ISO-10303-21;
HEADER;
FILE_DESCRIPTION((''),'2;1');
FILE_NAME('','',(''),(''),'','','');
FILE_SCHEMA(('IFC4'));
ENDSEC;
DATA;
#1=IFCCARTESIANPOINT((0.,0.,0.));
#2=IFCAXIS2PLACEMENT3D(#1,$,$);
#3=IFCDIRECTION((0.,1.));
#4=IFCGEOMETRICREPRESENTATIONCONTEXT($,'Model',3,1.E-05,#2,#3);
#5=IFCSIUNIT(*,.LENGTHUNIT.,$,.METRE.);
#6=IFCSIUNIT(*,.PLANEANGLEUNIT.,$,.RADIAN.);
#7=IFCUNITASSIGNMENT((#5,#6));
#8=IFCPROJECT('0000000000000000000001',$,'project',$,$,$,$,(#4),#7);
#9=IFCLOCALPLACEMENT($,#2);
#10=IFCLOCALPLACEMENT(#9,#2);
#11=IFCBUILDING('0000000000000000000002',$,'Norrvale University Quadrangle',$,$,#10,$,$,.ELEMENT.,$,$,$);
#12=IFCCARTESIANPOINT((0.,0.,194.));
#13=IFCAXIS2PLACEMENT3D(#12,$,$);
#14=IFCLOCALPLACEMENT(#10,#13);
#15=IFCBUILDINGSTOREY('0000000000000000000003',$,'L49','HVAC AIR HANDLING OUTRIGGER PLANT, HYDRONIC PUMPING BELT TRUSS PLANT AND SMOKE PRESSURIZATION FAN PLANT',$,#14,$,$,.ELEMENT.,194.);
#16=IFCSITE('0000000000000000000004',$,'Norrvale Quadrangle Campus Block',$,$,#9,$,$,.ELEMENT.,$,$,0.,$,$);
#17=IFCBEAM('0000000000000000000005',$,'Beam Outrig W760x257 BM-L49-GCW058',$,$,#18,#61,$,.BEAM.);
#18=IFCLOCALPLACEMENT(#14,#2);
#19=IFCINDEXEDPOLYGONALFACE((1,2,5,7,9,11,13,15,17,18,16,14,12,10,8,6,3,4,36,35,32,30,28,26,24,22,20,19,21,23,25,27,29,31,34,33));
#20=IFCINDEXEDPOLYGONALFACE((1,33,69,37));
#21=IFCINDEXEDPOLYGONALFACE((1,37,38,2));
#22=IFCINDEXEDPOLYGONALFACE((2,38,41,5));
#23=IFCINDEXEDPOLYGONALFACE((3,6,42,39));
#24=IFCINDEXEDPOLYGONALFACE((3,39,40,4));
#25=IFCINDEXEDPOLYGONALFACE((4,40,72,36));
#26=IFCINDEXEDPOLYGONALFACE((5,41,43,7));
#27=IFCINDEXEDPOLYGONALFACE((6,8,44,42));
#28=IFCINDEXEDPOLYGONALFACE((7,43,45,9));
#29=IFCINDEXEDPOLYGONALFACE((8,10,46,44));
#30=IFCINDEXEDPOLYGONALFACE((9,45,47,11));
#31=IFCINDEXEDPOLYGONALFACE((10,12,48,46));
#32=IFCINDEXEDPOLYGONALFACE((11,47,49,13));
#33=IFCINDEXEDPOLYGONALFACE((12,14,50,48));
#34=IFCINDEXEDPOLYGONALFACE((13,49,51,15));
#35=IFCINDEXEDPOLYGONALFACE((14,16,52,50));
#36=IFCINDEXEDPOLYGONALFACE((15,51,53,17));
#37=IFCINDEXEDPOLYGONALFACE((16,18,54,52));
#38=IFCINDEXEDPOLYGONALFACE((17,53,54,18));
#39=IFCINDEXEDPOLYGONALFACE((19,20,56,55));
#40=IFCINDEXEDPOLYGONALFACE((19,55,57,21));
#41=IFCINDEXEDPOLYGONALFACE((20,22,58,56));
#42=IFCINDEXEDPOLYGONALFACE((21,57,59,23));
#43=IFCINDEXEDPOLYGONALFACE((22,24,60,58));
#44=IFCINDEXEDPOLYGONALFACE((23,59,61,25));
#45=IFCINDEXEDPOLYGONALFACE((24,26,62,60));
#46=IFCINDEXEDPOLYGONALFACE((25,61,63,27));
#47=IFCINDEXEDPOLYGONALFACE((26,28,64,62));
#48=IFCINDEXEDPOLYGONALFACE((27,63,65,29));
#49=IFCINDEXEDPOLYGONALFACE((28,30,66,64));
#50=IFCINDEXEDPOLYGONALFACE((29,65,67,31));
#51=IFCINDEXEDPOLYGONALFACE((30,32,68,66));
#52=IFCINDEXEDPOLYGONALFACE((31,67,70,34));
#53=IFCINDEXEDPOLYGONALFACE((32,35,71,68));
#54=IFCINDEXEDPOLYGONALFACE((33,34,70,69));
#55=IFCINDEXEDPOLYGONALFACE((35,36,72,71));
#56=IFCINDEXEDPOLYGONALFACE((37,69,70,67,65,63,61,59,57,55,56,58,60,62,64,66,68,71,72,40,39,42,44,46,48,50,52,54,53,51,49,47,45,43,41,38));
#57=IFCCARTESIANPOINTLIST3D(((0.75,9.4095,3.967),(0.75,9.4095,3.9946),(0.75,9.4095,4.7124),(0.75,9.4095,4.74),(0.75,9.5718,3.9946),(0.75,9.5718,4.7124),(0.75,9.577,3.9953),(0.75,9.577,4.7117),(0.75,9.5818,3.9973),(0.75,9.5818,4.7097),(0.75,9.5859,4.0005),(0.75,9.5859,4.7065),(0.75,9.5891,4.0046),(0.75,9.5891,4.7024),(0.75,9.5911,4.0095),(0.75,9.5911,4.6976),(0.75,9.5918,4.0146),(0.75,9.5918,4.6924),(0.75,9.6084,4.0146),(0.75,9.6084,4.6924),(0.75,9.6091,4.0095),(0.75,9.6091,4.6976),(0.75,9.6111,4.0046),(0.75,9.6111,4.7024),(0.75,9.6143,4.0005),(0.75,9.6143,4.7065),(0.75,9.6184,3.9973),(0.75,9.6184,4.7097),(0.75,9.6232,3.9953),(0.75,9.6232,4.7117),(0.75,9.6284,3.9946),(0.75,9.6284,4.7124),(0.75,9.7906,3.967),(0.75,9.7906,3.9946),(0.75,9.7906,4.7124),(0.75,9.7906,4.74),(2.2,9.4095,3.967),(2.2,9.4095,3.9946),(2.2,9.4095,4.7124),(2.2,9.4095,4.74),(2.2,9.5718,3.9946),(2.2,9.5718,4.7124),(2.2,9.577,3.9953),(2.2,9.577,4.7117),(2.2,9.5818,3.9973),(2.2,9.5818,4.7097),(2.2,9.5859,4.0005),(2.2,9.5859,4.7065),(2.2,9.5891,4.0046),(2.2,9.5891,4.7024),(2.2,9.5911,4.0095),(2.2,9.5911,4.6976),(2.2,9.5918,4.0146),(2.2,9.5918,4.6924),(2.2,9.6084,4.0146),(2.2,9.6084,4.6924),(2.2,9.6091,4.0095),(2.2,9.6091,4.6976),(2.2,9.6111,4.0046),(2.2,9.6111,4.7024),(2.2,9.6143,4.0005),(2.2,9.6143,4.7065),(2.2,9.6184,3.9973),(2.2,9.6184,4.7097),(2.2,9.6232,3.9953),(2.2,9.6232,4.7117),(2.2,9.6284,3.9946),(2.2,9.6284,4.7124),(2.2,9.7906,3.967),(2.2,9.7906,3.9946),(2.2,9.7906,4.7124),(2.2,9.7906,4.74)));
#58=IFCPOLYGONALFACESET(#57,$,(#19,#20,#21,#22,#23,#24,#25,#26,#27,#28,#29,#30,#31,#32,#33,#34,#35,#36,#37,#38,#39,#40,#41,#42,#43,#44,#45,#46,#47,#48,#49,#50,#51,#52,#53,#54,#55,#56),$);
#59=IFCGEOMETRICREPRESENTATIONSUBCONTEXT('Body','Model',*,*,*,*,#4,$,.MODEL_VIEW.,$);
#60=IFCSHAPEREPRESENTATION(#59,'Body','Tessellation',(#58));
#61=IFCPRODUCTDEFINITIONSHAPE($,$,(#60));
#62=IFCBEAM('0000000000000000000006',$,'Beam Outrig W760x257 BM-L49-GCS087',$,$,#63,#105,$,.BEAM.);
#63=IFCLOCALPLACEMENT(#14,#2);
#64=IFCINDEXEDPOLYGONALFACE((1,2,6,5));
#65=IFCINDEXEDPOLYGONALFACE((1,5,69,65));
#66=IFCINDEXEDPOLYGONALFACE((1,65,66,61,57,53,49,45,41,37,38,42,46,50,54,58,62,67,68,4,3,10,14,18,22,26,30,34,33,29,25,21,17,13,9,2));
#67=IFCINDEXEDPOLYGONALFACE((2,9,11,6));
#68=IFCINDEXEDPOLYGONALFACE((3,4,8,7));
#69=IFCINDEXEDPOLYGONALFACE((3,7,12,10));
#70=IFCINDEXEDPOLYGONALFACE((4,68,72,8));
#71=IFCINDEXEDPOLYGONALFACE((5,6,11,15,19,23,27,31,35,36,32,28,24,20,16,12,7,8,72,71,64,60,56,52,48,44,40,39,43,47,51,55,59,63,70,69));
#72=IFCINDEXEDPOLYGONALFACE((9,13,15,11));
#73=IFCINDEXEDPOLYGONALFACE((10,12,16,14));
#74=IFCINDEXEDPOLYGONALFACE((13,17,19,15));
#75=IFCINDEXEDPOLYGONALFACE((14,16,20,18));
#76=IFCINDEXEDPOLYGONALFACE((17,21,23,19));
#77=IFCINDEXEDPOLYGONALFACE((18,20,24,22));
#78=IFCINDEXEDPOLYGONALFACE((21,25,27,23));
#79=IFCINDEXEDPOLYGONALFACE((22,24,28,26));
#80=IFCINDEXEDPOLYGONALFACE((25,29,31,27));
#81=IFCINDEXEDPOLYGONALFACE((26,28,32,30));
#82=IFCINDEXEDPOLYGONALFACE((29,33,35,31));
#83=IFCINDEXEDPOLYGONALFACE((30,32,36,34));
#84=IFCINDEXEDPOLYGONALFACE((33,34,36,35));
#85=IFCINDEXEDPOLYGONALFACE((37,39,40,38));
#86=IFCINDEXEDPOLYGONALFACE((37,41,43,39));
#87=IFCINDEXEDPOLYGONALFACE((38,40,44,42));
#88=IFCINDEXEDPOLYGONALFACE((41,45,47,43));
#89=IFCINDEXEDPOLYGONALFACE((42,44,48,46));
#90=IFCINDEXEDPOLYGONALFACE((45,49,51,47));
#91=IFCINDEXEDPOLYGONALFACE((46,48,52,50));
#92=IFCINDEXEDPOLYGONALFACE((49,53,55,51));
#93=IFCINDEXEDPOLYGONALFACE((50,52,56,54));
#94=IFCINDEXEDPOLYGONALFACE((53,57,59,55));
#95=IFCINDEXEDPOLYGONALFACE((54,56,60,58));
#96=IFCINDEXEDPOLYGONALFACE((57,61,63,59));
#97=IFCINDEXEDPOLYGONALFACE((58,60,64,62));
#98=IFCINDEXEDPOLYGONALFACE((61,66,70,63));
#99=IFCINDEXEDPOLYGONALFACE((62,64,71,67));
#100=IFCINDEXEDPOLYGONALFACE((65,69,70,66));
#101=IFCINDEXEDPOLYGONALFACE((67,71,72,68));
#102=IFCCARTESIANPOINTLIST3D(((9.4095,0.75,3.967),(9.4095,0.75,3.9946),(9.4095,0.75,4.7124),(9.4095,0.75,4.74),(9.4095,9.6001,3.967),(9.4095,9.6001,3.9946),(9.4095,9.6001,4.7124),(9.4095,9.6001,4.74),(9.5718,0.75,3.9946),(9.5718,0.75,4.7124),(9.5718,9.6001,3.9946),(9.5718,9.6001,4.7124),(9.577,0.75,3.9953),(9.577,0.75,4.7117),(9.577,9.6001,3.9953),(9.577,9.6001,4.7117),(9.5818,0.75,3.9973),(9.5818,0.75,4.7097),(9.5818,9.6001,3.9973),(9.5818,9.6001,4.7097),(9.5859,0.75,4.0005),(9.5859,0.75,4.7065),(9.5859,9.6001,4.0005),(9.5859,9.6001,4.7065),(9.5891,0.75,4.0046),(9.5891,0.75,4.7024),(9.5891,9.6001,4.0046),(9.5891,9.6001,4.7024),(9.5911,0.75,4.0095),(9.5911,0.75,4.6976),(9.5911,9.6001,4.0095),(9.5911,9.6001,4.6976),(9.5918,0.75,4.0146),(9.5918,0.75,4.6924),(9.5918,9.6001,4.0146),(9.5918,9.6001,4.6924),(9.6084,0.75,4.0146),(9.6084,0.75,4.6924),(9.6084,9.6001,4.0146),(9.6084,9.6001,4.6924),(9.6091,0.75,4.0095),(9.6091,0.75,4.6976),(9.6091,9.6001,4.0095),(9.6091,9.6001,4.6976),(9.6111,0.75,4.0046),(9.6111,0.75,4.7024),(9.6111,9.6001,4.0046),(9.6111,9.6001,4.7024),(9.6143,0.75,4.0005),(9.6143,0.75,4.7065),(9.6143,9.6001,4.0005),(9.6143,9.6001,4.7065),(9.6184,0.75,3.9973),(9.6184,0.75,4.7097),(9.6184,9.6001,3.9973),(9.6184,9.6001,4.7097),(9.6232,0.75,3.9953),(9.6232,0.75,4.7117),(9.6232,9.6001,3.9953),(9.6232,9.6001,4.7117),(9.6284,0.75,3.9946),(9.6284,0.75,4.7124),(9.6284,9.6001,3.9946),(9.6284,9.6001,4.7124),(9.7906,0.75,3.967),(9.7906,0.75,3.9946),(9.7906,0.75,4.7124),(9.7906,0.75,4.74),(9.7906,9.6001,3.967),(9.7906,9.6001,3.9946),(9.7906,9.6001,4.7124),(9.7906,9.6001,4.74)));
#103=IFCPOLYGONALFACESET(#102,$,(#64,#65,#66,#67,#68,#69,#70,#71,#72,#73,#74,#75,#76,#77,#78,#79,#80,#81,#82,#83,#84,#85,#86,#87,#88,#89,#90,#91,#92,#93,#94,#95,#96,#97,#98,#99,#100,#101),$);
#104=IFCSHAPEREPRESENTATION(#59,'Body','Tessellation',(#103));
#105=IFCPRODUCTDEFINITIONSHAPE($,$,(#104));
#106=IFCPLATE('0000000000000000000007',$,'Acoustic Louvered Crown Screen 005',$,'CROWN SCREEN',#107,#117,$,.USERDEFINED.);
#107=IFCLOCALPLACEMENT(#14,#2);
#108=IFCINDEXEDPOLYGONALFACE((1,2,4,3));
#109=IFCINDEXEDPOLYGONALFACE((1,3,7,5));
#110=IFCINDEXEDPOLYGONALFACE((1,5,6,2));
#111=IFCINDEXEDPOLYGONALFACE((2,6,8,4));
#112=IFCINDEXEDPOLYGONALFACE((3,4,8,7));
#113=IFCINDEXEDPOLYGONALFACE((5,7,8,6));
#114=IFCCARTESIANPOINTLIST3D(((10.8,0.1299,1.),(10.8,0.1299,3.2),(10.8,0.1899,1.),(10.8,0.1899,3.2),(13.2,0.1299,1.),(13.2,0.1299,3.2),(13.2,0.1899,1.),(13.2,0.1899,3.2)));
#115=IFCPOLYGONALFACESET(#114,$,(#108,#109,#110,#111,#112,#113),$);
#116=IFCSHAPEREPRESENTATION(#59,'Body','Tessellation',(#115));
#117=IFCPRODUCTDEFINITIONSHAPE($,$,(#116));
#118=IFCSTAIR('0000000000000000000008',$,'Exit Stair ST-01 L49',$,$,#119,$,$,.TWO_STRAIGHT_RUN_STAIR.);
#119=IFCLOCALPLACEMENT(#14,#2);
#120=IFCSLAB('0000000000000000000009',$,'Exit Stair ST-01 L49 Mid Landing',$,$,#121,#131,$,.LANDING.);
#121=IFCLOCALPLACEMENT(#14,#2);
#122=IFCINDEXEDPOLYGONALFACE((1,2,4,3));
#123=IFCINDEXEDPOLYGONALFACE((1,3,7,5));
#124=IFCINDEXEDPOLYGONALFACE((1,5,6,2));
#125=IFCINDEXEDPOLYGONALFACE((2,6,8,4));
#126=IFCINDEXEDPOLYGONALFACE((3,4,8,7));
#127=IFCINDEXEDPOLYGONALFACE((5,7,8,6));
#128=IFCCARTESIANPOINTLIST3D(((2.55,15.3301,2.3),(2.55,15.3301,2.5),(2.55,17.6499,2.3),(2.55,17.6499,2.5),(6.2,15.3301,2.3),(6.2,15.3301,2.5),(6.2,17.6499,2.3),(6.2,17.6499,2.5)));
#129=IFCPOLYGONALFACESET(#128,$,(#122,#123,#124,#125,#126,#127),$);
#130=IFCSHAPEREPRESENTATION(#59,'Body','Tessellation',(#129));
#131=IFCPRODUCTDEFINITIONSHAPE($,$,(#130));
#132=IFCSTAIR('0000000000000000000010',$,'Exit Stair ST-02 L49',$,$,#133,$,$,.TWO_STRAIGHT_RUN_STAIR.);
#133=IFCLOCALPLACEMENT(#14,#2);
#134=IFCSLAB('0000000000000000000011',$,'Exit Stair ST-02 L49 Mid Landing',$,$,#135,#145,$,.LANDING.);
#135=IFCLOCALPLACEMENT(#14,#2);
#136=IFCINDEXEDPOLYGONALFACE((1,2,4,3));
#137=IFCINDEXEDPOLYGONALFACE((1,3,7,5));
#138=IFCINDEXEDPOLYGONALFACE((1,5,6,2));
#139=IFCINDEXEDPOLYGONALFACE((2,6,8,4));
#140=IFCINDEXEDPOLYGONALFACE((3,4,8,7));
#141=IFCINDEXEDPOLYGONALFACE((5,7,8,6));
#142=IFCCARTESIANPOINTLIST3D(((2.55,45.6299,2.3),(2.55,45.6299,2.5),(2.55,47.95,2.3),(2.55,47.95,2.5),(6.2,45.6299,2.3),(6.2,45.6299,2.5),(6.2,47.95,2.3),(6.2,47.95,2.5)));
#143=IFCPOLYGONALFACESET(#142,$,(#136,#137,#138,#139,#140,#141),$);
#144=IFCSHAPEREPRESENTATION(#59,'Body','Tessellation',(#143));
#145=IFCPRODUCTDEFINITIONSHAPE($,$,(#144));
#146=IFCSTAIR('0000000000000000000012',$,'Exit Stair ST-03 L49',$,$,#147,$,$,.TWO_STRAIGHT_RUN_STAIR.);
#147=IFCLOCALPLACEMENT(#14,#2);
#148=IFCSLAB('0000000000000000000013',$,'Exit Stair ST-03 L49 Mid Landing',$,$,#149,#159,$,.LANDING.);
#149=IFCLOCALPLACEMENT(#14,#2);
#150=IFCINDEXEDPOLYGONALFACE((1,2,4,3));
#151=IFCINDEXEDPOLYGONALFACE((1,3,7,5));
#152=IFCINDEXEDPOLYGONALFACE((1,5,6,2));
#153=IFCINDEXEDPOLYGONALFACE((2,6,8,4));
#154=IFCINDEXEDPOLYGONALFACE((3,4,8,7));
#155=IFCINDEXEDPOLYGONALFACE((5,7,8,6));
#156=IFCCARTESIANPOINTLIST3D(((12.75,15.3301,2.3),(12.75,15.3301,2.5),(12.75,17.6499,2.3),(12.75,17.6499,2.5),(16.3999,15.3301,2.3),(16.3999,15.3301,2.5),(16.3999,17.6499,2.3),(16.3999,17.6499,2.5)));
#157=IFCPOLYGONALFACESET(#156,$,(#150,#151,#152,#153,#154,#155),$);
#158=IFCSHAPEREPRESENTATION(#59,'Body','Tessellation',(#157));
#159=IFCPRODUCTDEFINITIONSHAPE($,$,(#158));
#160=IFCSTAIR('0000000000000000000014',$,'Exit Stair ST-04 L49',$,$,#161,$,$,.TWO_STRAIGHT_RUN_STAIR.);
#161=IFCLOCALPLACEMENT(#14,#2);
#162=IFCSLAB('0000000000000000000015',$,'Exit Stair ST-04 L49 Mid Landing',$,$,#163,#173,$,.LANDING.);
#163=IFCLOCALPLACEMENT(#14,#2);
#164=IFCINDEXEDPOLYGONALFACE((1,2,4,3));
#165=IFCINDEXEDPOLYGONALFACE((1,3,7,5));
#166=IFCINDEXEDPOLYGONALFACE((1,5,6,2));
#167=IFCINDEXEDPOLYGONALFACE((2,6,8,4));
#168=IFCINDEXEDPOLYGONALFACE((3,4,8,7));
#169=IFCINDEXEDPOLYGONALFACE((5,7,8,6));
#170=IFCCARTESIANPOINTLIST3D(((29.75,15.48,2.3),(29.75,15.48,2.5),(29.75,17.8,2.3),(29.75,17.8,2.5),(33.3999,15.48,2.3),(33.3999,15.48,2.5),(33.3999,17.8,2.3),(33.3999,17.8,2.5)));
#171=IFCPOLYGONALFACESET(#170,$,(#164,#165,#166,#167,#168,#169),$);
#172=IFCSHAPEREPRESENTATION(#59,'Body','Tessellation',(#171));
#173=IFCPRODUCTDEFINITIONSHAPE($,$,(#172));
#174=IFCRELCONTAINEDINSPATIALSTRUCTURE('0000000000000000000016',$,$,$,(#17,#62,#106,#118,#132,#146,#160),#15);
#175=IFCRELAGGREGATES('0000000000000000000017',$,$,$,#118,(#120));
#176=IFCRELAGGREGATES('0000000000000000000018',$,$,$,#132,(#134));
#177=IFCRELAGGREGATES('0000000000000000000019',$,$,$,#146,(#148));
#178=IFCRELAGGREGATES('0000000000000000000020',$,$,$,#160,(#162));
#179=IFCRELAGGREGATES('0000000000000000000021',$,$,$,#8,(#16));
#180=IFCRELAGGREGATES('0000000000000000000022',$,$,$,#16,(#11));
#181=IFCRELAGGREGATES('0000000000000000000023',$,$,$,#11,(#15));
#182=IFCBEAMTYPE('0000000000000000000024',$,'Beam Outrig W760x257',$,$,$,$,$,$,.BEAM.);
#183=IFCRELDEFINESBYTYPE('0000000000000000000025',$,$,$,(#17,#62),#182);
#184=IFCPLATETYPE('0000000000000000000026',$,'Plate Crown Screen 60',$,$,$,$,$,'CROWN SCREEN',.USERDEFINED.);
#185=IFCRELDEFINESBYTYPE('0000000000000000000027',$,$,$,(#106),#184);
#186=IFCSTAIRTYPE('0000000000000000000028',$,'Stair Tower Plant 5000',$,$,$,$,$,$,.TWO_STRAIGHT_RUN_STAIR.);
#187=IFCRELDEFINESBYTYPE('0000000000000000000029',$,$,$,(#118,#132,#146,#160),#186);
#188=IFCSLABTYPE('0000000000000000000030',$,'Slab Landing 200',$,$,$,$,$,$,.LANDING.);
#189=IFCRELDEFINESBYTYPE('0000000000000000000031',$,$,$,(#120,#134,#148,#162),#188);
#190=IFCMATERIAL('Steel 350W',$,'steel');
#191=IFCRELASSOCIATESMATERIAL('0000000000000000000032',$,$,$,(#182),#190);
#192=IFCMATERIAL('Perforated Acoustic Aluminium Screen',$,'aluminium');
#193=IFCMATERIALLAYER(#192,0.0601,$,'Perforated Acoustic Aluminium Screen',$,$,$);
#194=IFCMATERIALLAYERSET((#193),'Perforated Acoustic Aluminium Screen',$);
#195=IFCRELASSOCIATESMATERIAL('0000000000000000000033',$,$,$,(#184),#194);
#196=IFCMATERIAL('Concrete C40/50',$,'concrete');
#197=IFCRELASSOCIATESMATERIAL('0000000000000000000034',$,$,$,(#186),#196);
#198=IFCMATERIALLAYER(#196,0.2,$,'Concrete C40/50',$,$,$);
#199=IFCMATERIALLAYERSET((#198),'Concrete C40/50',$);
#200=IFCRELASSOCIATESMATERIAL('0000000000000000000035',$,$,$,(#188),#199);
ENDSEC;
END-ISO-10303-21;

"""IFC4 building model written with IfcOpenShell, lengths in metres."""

from ifc_helpers import new_model, si_unit, direction, frame, origin, origin_2d, place, context, subcontext, project, spatial, polyline, rectangle, i_section, outline, extrude, material, layer, layer_set, material_profile, profile_set, type_object, element, aggregate, save


model = new_model("IFC4")

# Units and contexts
model_context = context("Model", 3, precision=1e-05, world=origin(), true_north=direction((0.0, 1.0)))
body_context = subcontext(model_context, "Body", "Model", "MODEL_VIEW")
ifc_project = project(units=[si_unit("LENGTHUNIT", "METRE"), si_unit("PLANEANGLEUNIT", "RADIAN")], contexts=[model_context])

# Site, building, storey
site_placement = place(None, origin())
site = spatial("IfcSite", under=ifc_project, at=site_placement, Name="Norrvale Quadrangle Campus Block", CompositionType="ELEMENT", RefElevation=0.0)
building_placement = place(site_placement, origin())
building = spatial("IfcBuilding", under=site, at=building_placement, Name="Norrvale University Quadrangle", CompositionType="ELEMENT")
storey_placement = place(building_placement, frame((0.0, 0.0, 194.0)))
storey = spatial("IfcBuildingStorey", under=building, at=storey_placement, Name="L49", Description="HVAC AIR HANDLING OUTRIGGER PLANT, HYDRONIC PUMPING BELT TRUSS PLANT AND SMOKE PRESSURIZATION FAN PLANT", CompositionType="ELEMENT", Elevation=194.0)

# Beams
ifc_material_1 = material(Name="Steel 350W", Category="steel")
ifc_material_profile_1 = material_profile(ifc_material_1, i_section(OverallWidth=0.3811, OverallDepth=0.7729, WebThickness=0.0166, FlangeThickness=0.0276, FilletRadius=0.02, at=origin_2d()), Name="Steel 350W")
ifc_profile_set_1 = profile_set([ifc_material_profile_1], Name="Steel 350W")
beam_type_1 = type_object("IfcBeamType", Name="Beam Outrig W760x257", PredefinedType="BEAM", material=ifc_profile_set_1)
beam_1_placement = place(storey_placement, frame((0.75, 9.6001, 4.3535), z_axis=(1.0, 0.0, 0.0), x_axis=(0.0, 1.0, 0.0)))
element("IfcBeam", 1, at=beam_1_placement, inside=storey, type_object=beam_type_1, Name="Beam Outrig W760x257 BM-L49-GCW058", PredefinedType="BEAM", context=body_context, shape_type="SweptSolid", body=[
    extrude(i_section(OverallWidth=0.3811, OverallDepth=0.7729, WebThickness=0.0166, FlangeThickness=0.0276, FilletRadius=0.02, at=origin_2d()), origin(), (0.0, 0.0, 1.0), 1.45),
])
beam_2_placement = place(storey_placement, frame((9.6001, 0.75, 4.3535), z_axis=(0.0, 1.0, 0.0), x_axis=(-1.0, 0.0, 0.0)))
element("IfcBeam", 2, at=beam_2_placement, inside=storey, type_object=beam_type_1, Name="Beam Outrig W760x257 BM-L49-GCS087", PredefinedType="BEAM", context=body_context, shape_type="SweptSolid", body=[
    extrude(i_section(OverallWidth=0.3811, OverallDepth=0.7729, WebThickness=0.0166, FlangeThickness=0.0276, FilletRadius=0.02, at=origin_2d()), origin(), (0.0, 0.0, 1.0), 8.8501),
])

# Plate
ifc_material_2 = material(Name="Perforated Acoustic Aluminium Screen", Category="aluminium")
ifc_layer_1 = layer(ifc_material_2, 0.0601, Name="Perforated Acoustic Aluminium Screen")
ifc_layer_set_1 = layer_set([ifc_layer_1], Name="Perforated Acoustic Aluminium Screen")
plate_type = type_object("IfcPlateType", Name="Plate Crown Screen 60", ElementType="CROWN SCREEN", PredefinedType="USERDEFINED", material=ifc_layer_set_1)
plate_placement = place(storey_placement, frame((12.0, 0.1599, 1.0), z_axis=(0.0, 0.0, 1.0), x_axis=(1.0, 0.0, 0.0)))
element("IfcPlate", 3, at=plate_placement, inside=storey, type_object=plate_type, Name="Acoustic Louvered Crown Screen 005", ObjectType="CROWN SCREEN", PredefinedType="USERDEFINED", context=body_context, shape_type="SweptSolid", body=[
    extrude(rectangle(XDim=2.3999, YDim=0.0601, at=origin_2d()), origin(), (0.0, 0.0, 1.0), 2.2),
])

# Stairs, slabs
ifc_material_3 = material(Name="Concrete C40/50", Category="concrete")
stair_type = type_object("IfcStairType", Name="Stair Tower Plant 5000", PredefinedType="TWO_STRAIGHT_RUN_STAIR", material=ifc_material_3)
stair_1_placement = place(storey_placement, origin())
stair_1 = element("IfcStair", 4, at=stair_1_placement, inside=storey, type_object=stair_type, Name="Exit Stair ST-01 L49", PredefinedType="TWO_STRAIGHT_RUN_STAIR")
ifc_layer_2 = layer(ifc_material_3, 0.2, Name="Concrete C40/50")
ifc_layer_set_2 = layer_set([ifc_layer_2], Name="Concrete C40/50")
slab_type_1 = type_object("IfcSlabType", Name="Slab Landing 200", PredefinedType="LANDING", material=ifc_layer_set_2)
slab_1_placement = place(storey_placement, frame((0.0, 0.0, 2.3)))
slab_1 = element("IfcSlab", 5, at=slab_1_placement, type_object=slab_type_1, Name="Exit Stair ST-01 L49 Mid Landing", PredefinedType="LANDING", context=body_context, shape_type="SweptSolid", body=[
    extrude(outline(polyline([(2.55, 15.3301), (6.2, 15.3301), (6.2, 17.6499), (2.55, 17.6499), (2.55, 15.3301)])), origin(), (0.0, 0.0, 1.0), 0.2),
])
aggregate(stair_1, [slab_1])
stair_2_placement = place(storey_placement, origin())
stair_2 = element("IfcStair", 6, at=stair_2_placement, inside=storey, type_object=stair_type, Name="Exit Stair ST-02 L49", PredefinedType="TWO_STRAIGHT_RUN_STAIR")
slab_2_placement = place(storey_placement, frame((0.0, 0.0, 2.3)))
slab_2 = element("IfcSlab", 7, at=slab_2_placement, type_object=slab_type_1, Name="Exit Stair ST-02 L49 Mid Landing", PredefinedType="LANDING", context=body_context, shape_type="SweptSolid", body=[
    extrude(outline(polyline([(2.55, 45.6299), (6.2, 45.6299), (6.2, 47.95), (2.55, 47.95), (2.55, 45.6299)])), origin(), (0.0, 0.0, 1.0), 0.2),
])
aggregate(stair_2, [slab_2])
stair_3_placement = place(storey_placement, origin())
stair_3 = element("IfcStair", 8, at=stair_3_placement, inside=storey, type_object=stair_type, Name="Exit Stair ST-03 L49", PredefinedType="TWO_STRAIGHT_RUN_STAIR")
slab_3_placement = place(storey_placement, frame((0.0, 0.0, 2.3)))
slab_3 = element("IfcSlab", 9, at=slab_3_placement, type_object=slab_type_1, Name="Exit Stair ST-03 L49 Mid Landing", PredefinedType="LANDING", context=body_context, shape_type="SweptSolid", body=[
    extrude(outline(polyline([(12.75, 15.3301), (16.3999, 15.3301), (16.3999, 17.6499), (12.75, 17.6499), (12.75, 15.3301)])), origin(), (0.0, 0.0, 1.0), 0.2),
])
aggregate(stair_3, [slab_3])
stair_4_placement = place(storey_placement, origin())
stair_4 = element("IfcStair", 10, at=stair_4_placement, inside=storey, type_object=stair_type, Name="Exit Stair ST-04 L49", PredefinedType="TWO_STRAIGHT_RUN_STAIR")
slab_4_placement = place(storey_placement, frame((0.0, 0.0, 2.3)))
slab_4 = element("IfcSlab", 11, at=slab_4_placement, type_object=slab_type_1, Name="Exit Stair ST-04 L49 Mid Landing", PredefinedType="LANDING", context=body_context, shape_type="SweptSolid", body=[
    extrude(outline(polyline([(29.75, 15.48), (33.3999, 15.48), (33.3999, 17.8), (29.75, 17.8), (29.75, 15.48)])), origin(), (0.0, 0.0, 1.0), 0.2),
])
aggregate(stair_4, [slab_4])

save(model, "model.ifc")
